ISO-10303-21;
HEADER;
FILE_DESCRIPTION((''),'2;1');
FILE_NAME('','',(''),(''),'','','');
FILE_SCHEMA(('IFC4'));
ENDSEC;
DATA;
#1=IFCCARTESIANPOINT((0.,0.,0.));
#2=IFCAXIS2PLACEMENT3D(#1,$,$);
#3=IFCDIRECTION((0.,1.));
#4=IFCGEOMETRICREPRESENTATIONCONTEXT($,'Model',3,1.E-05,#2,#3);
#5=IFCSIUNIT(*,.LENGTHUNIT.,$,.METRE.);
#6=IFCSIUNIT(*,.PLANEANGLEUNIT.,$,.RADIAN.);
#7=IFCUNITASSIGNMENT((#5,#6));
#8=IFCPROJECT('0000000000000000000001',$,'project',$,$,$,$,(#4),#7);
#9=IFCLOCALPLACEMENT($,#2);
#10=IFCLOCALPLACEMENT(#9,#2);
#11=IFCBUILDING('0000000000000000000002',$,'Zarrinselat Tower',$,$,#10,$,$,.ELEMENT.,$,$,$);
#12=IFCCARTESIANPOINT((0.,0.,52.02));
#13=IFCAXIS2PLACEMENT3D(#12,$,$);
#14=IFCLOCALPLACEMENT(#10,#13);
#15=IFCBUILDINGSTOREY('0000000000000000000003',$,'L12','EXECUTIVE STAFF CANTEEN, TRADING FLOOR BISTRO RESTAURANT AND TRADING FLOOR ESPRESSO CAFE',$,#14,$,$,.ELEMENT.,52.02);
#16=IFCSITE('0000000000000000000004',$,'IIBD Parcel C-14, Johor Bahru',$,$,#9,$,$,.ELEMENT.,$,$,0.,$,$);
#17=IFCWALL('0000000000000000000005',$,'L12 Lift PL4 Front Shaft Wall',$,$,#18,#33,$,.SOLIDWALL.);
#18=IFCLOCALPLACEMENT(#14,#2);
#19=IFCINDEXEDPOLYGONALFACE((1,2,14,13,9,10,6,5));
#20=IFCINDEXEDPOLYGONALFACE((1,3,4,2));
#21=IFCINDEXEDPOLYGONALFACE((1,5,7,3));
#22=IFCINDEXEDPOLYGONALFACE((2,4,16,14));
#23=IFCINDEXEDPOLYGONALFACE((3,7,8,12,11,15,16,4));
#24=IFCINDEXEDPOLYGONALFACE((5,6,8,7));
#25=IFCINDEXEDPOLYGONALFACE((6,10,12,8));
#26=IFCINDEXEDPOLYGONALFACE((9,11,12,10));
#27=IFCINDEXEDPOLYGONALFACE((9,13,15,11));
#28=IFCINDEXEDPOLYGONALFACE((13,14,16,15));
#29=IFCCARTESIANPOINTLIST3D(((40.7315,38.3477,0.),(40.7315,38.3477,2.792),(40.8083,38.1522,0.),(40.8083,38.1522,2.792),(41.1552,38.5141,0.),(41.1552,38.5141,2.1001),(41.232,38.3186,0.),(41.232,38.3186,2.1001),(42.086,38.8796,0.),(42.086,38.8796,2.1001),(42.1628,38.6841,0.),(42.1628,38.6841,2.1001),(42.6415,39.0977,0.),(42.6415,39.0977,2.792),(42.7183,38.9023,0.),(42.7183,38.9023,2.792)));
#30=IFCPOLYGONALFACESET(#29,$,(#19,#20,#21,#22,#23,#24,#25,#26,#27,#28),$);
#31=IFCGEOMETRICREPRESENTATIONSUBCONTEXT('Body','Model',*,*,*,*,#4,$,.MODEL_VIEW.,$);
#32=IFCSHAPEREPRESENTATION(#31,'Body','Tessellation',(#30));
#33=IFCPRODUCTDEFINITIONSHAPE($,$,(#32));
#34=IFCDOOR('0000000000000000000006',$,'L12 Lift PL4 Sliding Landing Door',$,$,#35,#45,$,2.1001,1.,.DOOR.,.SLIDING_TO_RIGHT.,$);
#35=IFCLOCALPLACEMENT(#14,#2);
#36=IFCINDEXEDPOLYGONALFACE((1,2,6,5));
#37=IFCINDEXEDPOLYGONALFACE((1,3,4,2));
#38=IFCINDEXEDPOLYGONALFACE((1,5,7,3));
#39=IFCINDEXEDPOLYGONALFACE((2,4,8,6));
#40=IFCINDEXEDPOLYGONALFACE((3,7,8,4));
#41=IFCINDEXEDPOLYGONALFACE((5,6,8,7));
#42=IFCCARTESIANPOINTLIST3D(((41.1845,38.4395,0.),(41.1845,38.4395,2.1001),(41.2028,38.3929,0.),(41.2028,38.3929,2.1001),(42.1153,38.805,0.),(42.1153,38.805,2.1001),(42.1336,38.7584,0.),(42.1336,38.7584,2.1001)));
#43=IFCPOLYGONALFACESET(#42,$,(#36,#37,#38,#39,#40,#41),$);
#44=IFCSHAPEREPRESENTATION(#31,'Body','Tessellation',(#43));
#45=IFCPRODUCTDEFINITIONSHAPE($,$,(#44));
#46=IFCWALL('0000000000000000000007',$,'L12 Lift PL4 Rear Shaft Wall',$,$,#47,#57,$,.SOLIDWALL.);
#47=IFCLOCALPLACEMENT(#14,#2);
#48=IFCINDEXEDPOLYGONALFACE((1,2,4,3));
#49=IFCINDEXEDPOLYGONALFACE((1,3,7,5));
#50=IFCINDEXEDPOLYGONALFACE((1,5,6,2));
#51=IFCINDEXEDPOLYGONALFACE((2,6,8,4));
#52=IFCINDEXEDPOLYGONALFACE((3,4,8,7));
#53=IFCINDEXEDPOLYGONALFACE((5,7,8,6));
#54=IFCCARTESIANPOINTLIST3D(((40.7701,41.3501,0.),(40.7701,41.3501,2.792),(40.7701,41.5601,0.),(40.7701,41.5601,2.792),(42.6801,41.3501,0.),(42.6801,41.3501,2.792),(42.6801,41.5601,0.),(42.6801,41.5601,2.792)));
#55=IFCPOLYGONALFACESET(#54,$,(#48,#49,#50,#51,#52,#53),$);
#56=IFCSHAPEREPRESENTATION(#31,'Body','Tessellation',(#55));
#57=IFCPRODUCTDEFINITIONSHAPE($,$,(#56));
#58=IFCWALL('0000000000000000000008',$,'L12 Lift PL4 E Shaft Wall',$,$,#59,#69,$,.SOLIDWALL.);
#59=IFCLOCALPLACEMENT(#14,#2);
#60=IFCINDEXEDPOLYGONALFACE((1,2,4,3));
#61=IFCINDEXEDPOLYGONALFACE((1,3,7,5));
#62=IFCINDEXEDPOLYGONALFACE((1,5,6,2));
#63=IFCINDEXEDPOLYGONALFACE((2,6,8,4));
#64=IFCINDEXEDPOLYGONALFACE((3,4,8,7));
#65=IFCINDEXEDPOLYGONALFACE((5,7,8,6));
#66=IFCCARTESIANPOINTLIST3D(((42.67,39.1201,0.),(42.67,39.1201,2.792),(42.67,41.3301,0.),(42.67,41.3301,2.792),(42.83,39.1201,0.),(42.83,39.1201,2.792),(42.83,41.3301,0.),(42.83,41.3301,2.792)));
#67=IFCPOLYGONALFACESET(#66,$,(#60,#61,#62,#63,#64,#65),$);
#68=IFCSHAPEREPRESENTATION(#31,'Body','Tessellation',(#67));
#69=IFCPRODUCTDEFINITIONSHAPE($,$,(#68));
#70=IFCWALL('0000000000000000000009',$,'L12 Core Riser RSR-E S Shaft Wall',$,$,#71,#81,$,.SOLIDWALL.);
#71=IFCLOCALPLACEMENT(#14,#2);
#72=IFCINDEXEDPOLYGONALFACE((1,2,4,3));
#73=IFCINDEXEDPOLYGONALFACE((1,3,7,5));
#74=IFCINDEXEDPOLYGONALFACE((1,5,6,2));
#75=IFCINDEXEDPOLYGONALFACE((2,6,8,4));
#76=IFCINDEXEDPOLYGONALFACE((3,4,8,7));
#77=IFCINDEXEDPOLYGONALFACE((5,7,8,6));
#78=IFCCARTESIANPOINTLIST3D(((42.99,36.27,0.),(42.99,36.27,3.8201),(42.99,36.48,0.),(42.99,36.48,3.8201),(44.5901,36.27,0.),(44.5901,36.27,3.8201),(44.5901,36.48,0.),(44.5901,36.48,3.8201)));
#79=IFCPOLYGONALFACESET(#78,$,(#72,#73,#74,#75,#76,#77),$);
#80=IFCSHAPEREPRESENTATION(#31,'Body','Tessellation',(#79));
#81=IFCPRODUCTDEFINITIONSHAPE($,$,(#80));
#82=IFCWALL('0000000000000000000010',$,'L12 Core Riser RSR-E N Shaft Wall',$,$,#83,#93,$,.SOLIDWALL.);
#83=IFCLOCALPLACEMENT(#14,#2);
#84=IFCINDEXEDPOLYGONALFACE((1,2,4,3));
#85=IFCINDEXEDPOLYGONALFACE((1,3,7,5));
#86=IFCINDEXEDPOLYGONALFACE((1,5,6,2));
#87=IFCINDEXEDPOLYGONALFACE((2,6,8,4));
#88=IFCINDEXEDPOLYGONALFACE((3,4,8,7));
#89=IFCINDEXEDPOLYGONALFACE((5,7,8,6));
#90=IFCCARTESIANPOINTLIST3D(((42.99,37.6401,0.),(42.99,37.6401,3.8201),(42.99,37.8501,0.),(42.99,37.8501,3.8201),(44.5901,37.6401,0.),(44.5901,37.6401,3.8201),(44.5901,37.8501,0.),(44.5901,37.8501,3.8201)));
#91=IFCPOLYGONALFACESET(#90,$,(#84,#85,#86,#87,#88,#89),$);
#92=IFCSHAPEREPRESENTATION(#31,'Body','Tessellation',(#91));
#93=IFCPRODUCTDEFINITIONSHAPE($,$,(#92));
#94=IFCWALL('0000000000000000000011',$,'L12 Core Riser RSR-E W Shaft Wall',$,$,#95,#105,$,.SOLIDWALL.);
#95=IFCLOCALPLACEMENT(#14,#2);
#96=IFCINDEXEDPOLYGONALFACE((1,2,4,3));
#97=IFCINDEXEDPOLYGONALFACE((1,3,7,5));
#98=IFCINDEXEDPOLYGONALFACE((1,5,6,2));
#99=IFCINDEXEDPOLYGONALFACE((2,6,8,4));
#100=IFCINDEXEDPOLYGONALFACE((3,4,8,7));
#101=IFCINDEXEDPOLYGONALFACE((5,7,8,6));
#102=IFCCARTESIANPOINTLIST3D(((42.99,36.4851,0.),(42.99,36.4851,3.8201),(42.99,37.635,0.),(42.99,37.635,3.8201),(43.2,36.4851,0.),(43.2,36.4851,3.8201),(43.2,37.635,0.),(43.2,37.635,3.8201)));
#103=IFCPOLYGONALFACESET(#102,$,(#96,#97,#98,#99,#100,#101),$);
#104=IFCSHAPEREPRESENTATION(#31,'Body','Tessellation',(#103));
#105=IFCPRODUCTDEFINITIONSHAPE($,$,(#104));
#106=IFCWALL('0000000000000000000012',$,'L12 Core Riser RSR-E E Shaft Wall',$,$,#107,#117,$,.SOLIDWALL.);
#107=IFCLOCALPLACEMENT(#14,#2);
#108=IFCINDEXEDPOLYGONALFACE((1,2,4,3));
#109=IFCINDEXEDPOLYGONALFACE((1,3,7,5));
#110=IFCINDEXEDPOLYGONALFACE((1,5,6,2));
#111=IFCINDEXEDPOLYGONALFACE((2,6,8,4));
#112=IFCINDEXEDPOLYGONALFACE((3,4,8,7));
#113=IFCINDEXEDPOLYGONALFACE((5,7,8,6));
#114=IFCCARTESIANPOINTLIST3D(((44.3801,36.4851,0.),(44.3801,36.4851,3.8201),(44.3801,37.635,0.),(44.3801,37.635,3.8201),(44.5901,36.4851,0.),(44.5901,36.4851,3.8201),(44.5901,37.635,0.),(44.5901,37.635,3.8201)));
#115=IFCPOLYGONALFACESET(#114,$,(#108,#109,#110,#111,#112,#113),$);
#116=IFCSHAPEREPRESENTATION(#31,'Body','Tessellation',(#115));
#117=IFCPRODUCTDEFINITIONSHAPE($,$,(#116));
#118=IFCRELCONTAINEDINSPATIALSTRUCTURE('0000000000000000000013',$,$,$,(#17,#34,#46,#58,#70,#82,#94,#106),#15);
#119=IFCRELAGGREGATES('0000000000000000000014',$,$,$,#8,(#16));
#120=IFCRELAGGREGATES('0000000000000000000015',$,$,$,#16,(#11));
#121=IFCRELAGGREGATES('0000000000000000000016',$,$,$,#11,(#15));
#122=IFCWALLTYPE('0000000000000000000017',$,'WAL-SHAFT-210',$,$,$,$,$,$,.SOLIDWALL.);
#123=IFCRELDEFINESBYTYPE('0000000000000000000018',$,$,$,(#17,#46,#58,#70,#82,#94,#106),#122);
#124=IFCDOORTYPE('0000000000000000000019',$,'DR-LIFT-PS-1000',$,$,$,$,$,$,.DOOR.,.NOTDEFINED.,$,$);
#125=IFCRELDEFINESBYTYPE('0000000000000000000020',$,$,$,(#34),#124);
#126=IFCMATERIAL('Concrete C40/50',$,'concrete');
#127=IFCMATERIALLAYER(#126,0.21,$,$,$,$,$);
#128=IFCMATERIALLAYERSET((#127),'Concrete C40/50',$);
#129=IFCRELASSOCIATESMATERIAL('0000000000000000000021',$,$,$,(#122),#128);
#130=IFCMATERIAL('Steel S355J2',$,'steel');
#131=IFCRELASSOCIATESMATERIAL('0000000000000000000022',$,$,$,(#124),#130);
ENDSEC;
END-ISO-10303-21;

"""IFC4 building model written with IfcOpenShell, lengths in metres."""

from ifc_helpers import new_model, si_unit, direction, frame, frame_2d, origin, place, context, subcontext, project, spatial, rectangle, extrude, material, layer, layer_set, type_object, element, fill, save


model = new_model("IFC4")

# Units and contexts
model_context = context("Model", 3, precision=1e-05, world=origin(), true_north=direction((0.0, 1.0)))
body_context = subcontext(model_context, "Body", "Model", "MODEL_VIEW")
ifc_project = project(units=[si_unit("LENGTHUNIT", "METRE"), si_unit("PLANEANGLEUNIT", "RADIAN")], contexts=[model_context])

# Site, building, storey
site_placement = place(None, origin())
site = spatial("IfcSite", under=ifc_project, at=site_placement, Name="IIBD Parcel C-14, Johor Bahru", CompositionType="ELEMENT", RefElevation=0.0)
building_placement = place(site_placement, origin())
building = spatial("IfcBuilding", under=site, at=building_placement, Name="Zarrinselat Tower", CompositionType="ELEMENT")
storey_placement = place(building_placement, frame((0.0, 0.0, 52.02)))
storey = spatial("IfcBuildingStorey", under=building, at=storey_placement, Name="L12", Description="EXECUTIVE STAFF CANTEEN, TRADING FLOOR BISTRO RESTAURANT AND TRADING FLOOR ESPRESSO CAFE", CompositionType="ELEMENT", Elevation=52.02)

# Shared definitions
ifc_material_1 = material(Name="Concrete C40/50", Category="concrete")
ifc_layer_1 = layer(ifc_material_1, 0.21)
ifc_layer_set_1 = layer_set([ifc_layer_1], Name="Concrete C40/50")
wall_type_1 = type_object("IfcWallType", Name="WAL-SHAFT-210", PredefinedType="SOLIDWALL", material=ifc_layer_set_1)

# Shared definitions
ifc_material_2 = material(Name="Steel S355J2", Category="steel")
door_type = type_object("IfcDoorType", Name="DR-LIFT-PS-1000", OperationType="NOTDEFINED", PredefinedType="DOOR", material=ifc_material_2)

# Wall, opening, door
wall_1_placement = place(storey_placement, frame((40.77, 38.25, 0.0), z_axis=(0.0, 0.0, 1.0), x_axis=(0.930805, 0.365516, 0.0)))
wall_1 = element("IfcWall", 1, at=wall_1_placement, inside=storey, type_object=wall_type_1, Name="L12 Lift PL4 Front Shaft Wall", PredefinedType="SOLIDWALL", context=body_context, shape_type="SweptSolid", body=[
    extrude(rectangle(XDim=2.052, YDim=0.21, at=frame_2d((1.0259, 0.0))), origin(), (0.0, 0.0, 1.0), 2.792),
])
opening_1_placement = place(wall_1_placement, frame((0.4551, 0.0, 0.0)))
opening_1 = element("IfcOpeningElement", 2, at=opening_1_placement, cuts=wall_1, PredefinedType="OPENING", context=body_context, shape_type="SweptSolid", body=[
    extrude(rectangle(XDim=1.0, YDim=2.1001, at=frame_2d((0.5, 1.05))), frame((0.0, 0.115, 0.0), z_axis=(0.0, -1.0, 0.0), x_axis=(1.0, 0.0, 0.0)), (0.0, 0.0, 1.0), 0.23),
])
door_1_placement = place(opening_1_placement, origin())
door_1 = element("IfcDoor", 3, at=door_1_placement, inside=storey, type_object=door_type, Name="L12 Lift PL4 Sliding Landing Door", OperationType="SLIDING_TO_RIGHT", OverallHeight=2.1001, OverallWidth=1.0, PredefinedType="DOOR", context=body_context, shape_type="SweptSolid", body=[
    extrude(rectangle(XDim=1.0, YDim=2.1001, at=frame_2d((0.5, 1.05))), frame((0.0, 0.0249, 0.0), z_axis=(0.0, -1.0, 0.0), x_axis=(1.0, 0.0, 0.0)), (0.0, 0.0, 1.0), 0.05),
])
fill(opening_1, door_1)

# Walls
wall_2_placement = place(storey_placement, frame((40.77, 41.4551, 0.0), z_axis=(0.0, 0.0, 1.0), x_axis=(1.0, 0.0, 0.0)))
element("IfcWall", 4, at=wall_2_placement, inside=storey, type_object=wall_type_1, Name="L12 Lift PL4 Rear Shaft Wall", PredefinedType="SOLIDWALL", context=body_context, shape_type="SweptSolid", body=[
    extrude(rectangle(XDim=1.9099, YDim=0.21, at=frame_2d((0.9551, 0.0))), origin(), (0.0, 0.0, 1.0), 2.792),
])
wall_3_placement = place(storey_placement, frame((42.75, 39.1201, 0.0), z_axis=(0.0, 0.0, 1.0), x_axis=(0.0, 1.0, 0.0)))
element("IfcWall", 5, at=wall_3_placement, inside=storey, type_object=wall_type_1, Name="L12 Lift PL4 E Shaft Wall", PredefinedType="SOLIDWALL", context=body_context, shape_type="SweptSolid", body=[
    extrude(rectangle(XDim=2.21, YDim=0.1599, at=frame_2d((1.105, 0.0))), origin(), (0.0, 0.0, 1.0), 2.792),
])
for number, where, z_axis, x_axis, name in (
    (6, (42.99, 36.375, 0.0), (0.0, 0.0, 1.0), (1.0, 0.0, 0.0), "L12 Core Riser RSR-E S Shaft Wall"),
    (7, (42.99, 37.7451, 0.0), (0.0, 0.0, 1.0), (1.0, 0.0, 0.0), "L12 Core Riser RSR-E N Shaft Wall"),
):
    element("IfcWall", number, at=place(storey_placement, frame(where, z_axis=z_axis, x_axis=x_axis)), inside=storey, type_object=wall_type_1, Name=name, PredefinedType="SOLIDWALL", context=body_context, shape_type="SweptSolid", body=[
        extrude(rectangle(XDim=1.6001, YDim=0.21, at=frame_2d((0.8, 0.0))), origin(), (0.0, 0.0, 1.0), 3.8201),
    ])
for number, where, z_axis, x_axis, name in (
    (8, (43.095, 36.4851, 0.0), (0.0, 0.0, 1.0), (0.0, 1.0, 0.0), "L12 Core Riser RSR-E W Shaft Wall"),
    (9, (44.4851, 36.4851, 0.0), (0.0, 0.0, 1.0), (0.0, 1.0, 0.0), "L12 Core Riser RSR-E E Shaft Wall"),
):
    element("IfcWall", number, at=place(storey_placement, frame(where, z_axis=z_axis, x_axis=x_axis)), inside=storey, type_object=wall_type_1, Name=name, PredefinedType="SOLIDWALL", context=body_context, shape_type="SweptSolid", body=[
        extrude(rectangle(XDim=1.1499, YDim=0.21, at=frame_2d((0.575, 0.0))), origin(), (0.0, 0.0, 1.0), 3.8201),
    ])

save(model, "model.ifc")
